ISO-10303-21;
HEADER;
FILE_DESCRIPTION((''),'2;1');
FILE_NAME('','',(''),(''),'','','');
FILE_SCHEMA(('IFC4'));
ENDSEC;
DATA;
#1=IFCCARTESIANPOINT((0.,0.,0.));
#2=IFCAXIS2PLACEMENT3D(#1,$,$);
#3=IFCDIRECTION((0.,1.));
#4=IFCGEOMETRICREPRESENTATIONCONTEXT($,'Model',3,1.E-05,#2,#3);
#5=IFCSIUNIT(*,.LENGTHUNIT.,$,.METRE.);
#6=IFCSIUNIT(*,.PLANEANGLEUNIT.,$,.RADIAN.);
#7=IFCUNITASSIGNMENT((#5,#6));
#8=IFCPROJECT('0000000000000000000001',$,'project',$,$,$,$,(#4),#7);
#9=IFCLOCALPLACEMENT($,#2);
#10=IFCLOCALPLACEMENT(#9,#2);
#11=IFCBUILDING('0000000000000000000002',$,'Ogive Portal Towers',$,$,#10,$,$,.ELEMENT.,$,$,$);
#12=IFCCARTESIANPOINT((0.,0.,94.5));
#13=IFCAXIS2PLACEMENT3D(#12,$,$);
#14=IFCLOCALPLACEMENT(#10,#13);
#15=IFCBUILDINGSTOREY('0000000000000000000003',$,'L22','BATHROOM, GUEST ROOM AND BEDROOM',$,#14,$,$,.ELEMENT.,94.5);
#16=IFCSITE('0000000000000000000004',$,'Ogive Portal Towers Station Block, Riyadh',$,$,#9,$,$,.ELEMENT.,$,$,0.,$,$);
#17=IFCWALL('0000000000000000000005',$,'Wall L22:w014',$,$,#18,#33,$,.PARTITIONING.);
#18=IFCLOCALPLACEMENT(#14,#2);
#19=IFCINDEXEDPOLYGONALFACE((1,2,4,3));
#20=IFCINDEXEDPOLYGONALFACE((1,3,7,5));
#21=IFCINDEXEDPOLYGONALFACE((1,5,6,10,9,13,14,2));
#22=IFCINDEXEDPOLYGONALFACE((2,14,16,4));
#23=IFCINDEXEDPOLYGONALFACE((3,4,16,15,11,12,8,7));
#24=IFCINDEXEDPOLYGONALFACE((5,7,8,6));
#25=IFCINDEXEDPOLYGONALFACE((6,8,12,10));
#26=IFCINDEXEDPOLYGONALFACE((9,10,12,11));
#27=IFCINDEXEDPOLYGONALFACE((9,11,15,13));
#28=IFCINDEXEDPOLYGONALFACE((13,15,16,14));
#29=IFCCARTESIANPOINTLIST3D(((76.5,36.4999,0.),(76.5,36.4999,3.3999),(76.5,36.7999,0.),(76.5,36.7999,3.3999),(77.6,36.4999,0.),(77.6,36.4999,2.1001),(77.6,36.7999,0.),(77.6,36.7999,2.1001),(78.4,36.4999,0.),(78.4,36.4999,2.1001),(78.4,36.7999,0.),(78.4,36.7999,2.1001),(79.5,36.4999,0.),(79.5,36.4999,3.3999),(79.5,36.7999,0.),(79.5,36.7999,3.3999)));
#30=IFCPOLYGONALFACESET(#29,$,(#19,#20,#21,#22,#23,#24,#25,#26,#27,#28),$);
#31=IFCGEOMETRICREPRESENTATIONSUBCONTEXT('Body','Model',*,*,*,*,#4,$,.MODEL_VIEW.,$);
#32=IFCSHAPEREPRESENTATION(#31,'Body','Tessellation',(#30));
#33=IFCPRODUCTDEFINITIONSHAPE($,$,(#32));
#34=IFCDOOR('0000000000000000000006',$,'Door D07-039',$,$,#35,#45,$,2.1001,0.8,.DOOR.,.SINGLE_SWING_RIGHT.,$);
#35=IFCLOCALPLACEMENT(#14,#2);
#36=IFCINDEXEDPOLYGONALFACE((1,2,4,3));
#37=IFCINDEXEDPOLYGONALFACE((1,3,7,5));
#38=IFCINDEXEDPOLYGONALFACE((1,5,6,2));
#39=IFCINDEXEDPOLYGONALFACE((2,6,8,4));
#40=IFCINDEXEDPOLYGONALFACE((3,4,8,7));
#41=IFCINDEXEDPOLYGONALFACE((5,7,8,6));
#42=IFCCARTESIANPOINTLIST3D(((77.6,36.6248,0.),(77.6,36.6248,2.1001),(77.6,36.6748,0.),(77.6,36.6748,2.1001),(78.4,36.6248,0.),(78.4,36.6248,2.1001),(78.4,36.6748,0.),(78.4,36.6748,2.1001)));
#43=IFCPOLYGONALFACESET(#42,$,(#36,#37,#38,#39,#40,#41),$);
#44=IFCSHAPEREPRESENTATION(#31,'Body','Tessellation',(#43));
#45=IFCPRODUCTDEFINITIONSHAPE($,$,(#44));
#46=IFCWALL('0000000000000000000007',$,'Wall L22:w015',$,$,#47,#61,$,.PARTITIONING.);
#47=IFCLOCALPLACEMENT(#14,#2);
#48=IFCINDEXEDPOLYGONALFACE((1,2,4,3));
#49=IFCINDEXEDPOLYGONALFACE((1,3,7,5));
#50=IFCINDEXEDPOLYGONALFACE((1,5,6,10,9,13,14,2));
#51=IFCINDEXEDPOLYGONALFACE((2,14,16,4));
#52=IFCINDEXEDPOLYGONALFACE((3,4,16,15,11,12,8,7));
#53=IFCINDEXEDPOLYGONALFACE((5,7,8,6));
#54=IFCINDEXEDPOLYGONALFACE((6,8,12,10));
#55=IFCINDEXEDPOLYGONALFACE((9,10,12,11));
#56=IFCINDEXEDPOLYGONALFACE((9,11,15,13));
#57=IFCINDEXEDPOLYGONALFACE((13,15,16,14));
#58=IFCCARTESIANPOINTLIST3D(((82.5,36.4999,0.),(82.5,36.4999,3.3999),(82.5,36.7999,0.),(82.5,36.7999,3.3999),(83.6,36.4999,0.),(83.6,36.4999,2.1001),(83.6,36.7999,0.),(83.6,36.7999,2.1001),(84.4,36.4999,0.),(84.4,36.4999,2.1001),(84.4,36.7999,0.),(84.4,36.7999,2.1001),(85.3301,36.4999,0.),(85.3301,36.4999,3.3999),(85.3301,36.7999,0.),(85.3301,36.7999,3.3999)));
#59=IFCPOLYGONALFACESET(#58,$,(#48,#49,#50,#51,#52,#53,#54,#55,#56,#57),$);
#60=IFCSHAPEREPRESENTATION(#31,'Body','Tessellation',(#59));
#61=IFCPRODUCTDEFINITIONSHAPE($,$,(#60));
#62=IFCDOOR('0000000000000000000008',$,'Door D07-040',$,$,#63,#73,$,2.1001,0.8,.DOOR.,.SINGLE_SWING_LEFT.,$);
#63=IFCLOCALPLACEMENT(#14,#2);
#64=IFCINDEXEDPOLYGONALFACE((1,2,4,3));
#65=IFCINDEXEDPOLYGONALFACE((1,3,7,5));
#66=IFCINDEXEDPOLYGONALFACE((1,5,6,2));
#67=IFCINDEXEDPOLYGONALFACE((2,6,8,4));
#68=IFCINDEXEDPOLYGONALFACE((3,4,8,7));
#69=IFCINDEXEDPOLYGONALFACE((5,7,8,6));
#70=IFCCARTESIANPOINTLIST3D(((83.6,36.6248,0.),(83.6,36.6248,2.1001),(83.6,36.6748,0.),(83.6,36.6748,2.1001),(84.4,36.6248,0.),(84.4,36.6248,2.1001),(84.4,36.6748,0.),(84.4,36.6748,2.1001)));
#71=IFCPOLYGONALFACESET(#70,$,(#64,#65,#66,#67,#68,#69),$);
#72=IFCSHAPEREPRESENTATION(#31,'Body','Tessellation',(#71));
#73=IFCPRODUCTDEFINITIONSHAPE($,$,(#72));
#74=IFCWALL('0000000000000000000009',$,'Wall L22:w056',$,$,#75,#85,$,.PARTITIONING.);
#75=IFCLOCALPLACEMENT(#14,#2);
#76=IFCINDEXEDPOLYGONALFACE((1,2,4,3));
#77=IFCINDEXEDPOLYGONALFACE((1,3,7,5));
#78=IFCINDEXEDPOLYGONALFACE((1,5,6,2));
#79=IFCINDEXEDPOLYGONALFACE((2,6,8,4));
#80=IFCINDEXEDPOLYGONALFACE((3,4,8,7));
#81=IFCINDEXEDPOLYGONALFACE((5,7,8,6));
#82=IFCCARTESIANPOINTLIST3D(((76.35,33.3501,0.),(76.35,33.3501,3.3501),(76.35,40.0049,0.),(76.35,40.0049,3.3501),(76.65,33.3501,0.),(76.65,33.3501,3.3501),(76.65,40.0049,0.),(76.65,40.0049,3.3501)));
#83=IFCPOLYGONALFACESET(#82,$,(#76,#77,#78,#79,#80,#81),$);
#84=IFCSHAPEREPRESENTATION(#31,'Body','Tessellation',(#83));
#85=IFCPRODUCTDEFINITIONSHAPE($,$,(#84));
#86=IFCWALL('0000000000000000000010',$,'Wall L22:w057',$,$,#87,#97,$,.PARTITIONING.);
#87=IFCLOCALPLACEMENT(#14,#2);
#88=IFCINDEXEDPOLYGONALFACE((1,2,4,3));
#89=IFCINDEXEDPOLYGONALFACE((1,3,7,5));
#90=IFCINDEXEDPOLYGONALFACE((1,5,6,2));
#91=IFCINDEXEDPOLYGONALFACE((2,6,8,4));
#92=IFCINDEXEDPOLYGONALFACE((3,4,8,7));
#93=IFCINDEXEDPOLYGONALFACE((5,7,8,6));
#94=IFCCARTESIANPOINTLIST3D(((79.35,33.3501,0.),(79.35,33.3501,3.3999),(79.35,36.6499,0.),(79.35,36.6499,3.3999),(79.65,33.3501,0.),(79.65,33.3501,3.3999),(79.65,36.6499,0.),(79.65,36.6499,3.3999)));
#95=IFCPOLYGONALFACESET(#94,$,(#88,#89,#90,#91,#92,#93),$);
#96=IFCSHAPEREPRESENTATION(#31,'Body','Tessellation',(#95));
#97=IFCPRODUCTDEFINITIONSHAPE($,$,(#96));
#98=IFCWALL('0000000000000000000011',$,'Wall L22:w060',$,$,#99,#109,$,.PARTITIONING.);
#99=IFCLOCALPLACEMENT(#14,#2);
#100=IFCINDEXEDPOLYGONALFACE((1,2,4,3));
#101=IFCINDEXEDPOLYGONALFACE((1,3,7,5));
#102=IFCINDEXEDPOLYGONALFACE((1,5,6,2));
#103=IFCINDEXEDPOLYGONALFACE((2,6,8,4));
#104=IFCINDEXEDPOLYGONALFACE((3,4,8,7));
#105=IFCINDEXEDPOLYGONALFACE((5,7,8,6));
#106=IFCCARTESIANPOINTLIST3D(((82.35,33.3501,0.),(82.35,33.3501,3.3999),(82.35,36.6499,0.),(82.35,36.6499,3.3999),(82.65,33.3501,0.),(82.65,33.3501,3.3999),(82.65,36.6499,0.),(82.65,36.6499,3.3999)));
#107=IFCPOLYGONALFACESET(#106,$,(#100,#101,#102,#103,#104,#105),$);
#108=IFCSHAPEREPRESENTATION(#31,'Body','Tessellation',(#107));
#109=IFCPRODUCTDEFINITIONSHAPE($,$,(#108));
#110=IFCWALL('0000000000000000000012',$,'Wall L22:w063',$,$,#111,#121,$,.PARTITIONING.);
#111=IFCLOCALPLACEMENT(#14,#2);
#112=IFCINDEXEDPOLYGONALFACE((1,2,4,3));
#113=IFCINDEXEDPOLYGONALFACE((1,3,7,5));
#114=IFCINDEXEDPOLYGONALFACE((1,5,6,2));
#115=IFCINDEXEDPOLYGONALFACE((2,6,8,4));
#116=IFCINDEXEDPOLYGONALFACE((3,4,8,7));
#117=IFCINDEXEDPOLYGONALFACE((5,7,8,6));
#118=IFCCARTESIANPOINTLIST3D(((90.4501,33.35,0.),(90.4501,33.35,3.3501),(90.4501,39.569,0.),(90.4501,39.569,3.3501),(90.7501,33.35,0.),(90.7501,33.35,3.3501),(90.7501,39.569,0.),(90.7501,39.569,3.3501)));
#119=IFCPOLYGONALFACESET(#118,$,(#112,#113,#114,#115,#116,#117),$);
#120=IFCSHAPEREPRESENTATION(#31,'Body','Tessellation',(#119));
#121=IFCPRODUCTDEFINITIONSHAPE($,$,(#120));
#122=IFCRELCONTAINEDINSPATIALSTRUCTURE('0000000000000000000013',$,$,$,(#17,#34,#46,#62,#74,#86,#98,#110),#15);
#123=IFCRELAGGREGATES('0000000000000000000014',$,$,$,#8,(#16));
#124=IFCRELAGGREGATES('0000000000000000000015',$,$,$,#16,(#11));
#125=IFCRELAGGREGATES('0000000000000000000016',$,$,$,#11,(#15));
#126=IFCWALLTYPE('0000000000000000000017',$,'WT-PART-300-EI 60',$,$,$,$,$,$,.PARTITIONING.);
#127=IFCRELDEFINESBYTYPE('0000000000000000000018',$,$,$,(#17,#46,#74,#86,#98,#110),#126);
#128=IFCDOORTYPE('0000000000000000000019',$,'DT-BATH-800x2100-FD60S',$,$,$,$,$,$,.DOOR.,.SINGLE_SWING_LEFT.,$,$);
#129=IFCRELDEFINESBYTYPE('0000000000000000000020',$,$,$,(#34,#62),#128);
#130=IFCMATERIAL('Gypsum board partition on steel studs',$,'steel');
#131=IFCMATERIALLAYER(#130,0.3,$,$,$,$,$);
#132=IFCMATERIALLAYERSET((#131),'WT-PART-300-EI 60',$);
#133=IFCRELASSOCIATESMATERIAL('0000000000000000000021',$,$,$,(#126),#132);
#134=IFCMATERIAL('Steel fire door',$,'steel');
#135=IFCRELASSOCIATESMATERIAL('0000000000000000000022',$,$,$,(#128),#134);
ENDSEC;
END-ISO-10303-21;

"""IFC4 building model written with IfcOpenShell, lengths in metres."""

from ifc_helpers import new_model, si_unit, direction, frame, frame_2d, origin, place, context, subcontext, project, spatial, rectangle, extrude, material, layer, layer_set, type_object, element, fill, save


model = new_model("IFC4")

# Units and contexts
model_context = context("Model", 3, precision=1e-05, world=origin(), true_north=direction((0.0, 1.0)))
body_context = subcontext(model_context, "Body", "Model", "MODEL_VIEW")
ifc_project = project(units=[si_unit("LENGTHUNIT", "METRE"), si_unit("PLANEANGLEUNIT", "RADIAN")], contexts=[model_context])

# Site, building, storey
site_placement = place(None, origin())
site = spatial("IfcSite", under=ifc_project, at=site_placement, Name="Ogive Portal Towers Station Block, Riyadh", CompositionType="ELEMENT", RefElevation=0.0)
building_placement = place(site_placement, origin())
building = spatial("IfcBuilding", under=site, at=building_placement, Name="Ogive Portal Towers", CompositionType="ELEMENT")
storey_placement = place(building_placement, frame((0.0, 0.0, 94.5)))
storey = spatial("IfcBuildingStorey", under=building, at=storey_placement, Name="L22", Description="BATHROOM, GUEST ROOM AND BEDROOM", CompositionType="ELEMENT", Elevation=94.5)

# Shared definitions
ifc_material_1 = material(Name="Steel fire door", Category="steel")
ifc_material_2 = material(Name="Gypsum board partition on steel studs", Category="steel")

# Walls, openings, doors
ifc_layer_1 = layer(ifc_material_2, 0.3)
ifc_layer_set_1 = layer_set([ifc_layer_1], Name="WT-PART-300-EI 60")
wall_type_1 = type_object("IfcWallType", Name="WT-PART-300-EI 60", PredefinedType="PARTITIONING", material=ifc_layer_set_1)
wall_1_placement = place(storey_placement, frame((76.5, 36.6499, 0.0), z_axis=(0.0, 0.0, 1.0), x_axis=(1.0, 0.0, 0.0)))
wall_1 = element("IfcWall", 1, at=wall_1_placement, inside=storey, type_object=wall_type_1, Name="Wall L22:w014", PredefinedType="PARTITIONING", context=body_context, shape_type="SweptSolid", body=[
    extrude(rectangle(XDim=3.0, YDim=0.3, at=frame_2d((1.5, 0.0))), origin(), (0.0, 0.0, 1.0), 3.3999),
])
opening_1_placement = place(wall_1_placement, frame((1.1001, 0.0, 0.0)))
opening_1 = element("IfcOpeningElement", 2, at=opening_1_placement, cuts=wall_1, PredefinedType="OPENING", context=body_context, shape_type="SweptSolid", body=[
    extrude(rectangle(XDim=0.8, YDim=2.1001, at=frame_2d((0.3999, 1.05))), frame((0.0, 0.1602, 0.0), z_axis=(0.0, -1.0, 0.0), x_axis=(1.0, 0.0, 0.0)), (0.0, 0.0, 1.0), 0.3201),
])
door_type_1 = type_object("IfcDoorType", Name="DT-BATH-800x2100-FD60S", OperationType="SINGLE_SWING_LEFT", PredefinedType="DOOR", material=ifc_material_1)
door_1_placement = place(opening_1_placement, origin())
door_1 = element("IfcDoor", 3, at=door_1_placement, inside=storey, type_object=door_type_1, Name="Door D07-039", OperationType="SINGLE_SWING_RIGHT", OverallHeight=2.1001, OverallWidth=0.8, PredefinedType="DOOR", context=body_context, shape_type="SweptSolid", body=[
    extrude(rectangle(XDim=0.8, YDim=2.1001, at=frame_2d((0.3999, 1.05))), frame((0.0, 0.0249, 0.0), z_axis=(0.0, -1.0, 0.0), x_axis=(1.0, 0.0, 0.0)), (0.0, 0.0, 1.0), 0.05),
])
fill(opening_1, door_1)
wall_2_placement = place(storey_placement, frame((82.5, 36.6499, 0.0), z_axis=(0.0, 0.0, 1.0), x_axis=(1.0, 0.0, 0.0)))
wall_2 = element("IfcWall", 4, at=wall_2_placement, inside=storey, type_object=wall_type_1, Name="Wall L22:w015", PredefinedType="PARTITIONING", context=body_context, shape_type="SweptSolid", body=[
    extrude(rectangle(XDim=2.8301, YDim=0.3, at=frame_2d((1.415, 0.0))), origin(), (0.0, 0.0, 1.0), 3.3999),
])
opening_2_placement = place(wall_2_placement, frame((1.1001, 0.0, 0.0)))
opening_2 = element("IfcOpeningElement", 5, at=opening_2_placement, cuts=wall_2, PredefinedType="OPENING", context=body_context, shape_type="SweptSolid", body=[
    extrude(rectangle(XDim=0.8, YDim=2.1001, at=frame_2d((0.3999, 1.05))), frame((0.0, 0.1602, 0.0), z_axis=(0.0, -1.0, 0.0), x_axis=(1.0, 0.0, 0.0)), (0.0, 0.0, 1.0), 0.3201),
])
door_2_placement = place(opening_2_placement, origin())
door_2 = element("IfcDoor", 6, at=door_2_placement, inside=storey, type_object=door_type_1, Name="Door D07-040", OperationType="SINGLE_SWING_LEFT", OverallHeight=2.1001, OverallWidth=0.8, PredefinedType="DOOR", context=body_context, shape_type="SweptSolid", body=[
    extrude(rectangle(XDim=0.8, YDim=2.1001, at=frame_2d((0.3999, 1.05))), frame((0.0, 0.0249, 0.0), z_axis=(0.0, -1.0, 0.0), x_axis=(1.0, 0.0, 0.0)), (0.0, 0.0, 1.0), 0.05),
])
fill(opening_2, door_2)

# Walls
wall_3_placement = place(storey_placement, frame((76.5, 33.3501, 0.0), z_axis=(0.0, 0.0, 1.0), x_axis=(0.0, 1.0, 0.0)))
element("IfcWall", 7, at=wall_3_placement, inside=storey, type_object=wall_type_1, Name="Wall L22:w056", PredefinedType="PARTITIONING", context=body_context, shape_type="SweptSolid", body=[
    extrude(rectangle(XDim=6.6548, YDim=0.3, at=frame_2d((3.3274, 0.0))), origin(), (0.0, 0.0, 1.0), 3.3501),
])
for number, where, z_axis, x_axis, name in (
    (8, (79.5, 33.3501, 0.0), (0.0, 0.0, 1.0), (0.0, 1.0, 0.0), "Wall L22:w057"),
    (9, (82.5, 33.3501, 0.0), (0.0, 0.0, 1.0), (0.0, 1.0, 0.0), "Wall L22:w060"),
):
    element("IfcWall", number, at=place(storey_placement, frame(where, z_axis=z_axis, x_axis=x_axis)), inside=storey, type_object=wall_type_1, Name=name, PredefinedType="PARTITIONING", context=body_context, shape_type="SweptSolid", body=[
        extrude(rectangle(XDim=3.2998, YDim=0.3, at=frame_2d((1.6499, 0.0))), origin(), (0.0, 0.0, 1.0), 3.3999),
    ])
wall_4_placement = place(storey_placement, frame((90.6001, 33.3501, 0.0), z_axis=(0.0, 0.0, 1.0), x_axis=(0.0, 1.0, 0.0)))
element("IfcWall", 10, at=wall_4_placement, inside=storey, type_object=wall_type_1, Name="Wall L22:w063", PredefinedType="PARTITIONING", context=body_context, shape_type="SweptSolid", body=[
    extrude(rectangle(XDim=6.219, YDim=0.3, at=frame_2d((3.1094, 0.0))), origin(), (0.0, 0.0, 1.0), 3.3501),
])

save(model, "model.ifc")
